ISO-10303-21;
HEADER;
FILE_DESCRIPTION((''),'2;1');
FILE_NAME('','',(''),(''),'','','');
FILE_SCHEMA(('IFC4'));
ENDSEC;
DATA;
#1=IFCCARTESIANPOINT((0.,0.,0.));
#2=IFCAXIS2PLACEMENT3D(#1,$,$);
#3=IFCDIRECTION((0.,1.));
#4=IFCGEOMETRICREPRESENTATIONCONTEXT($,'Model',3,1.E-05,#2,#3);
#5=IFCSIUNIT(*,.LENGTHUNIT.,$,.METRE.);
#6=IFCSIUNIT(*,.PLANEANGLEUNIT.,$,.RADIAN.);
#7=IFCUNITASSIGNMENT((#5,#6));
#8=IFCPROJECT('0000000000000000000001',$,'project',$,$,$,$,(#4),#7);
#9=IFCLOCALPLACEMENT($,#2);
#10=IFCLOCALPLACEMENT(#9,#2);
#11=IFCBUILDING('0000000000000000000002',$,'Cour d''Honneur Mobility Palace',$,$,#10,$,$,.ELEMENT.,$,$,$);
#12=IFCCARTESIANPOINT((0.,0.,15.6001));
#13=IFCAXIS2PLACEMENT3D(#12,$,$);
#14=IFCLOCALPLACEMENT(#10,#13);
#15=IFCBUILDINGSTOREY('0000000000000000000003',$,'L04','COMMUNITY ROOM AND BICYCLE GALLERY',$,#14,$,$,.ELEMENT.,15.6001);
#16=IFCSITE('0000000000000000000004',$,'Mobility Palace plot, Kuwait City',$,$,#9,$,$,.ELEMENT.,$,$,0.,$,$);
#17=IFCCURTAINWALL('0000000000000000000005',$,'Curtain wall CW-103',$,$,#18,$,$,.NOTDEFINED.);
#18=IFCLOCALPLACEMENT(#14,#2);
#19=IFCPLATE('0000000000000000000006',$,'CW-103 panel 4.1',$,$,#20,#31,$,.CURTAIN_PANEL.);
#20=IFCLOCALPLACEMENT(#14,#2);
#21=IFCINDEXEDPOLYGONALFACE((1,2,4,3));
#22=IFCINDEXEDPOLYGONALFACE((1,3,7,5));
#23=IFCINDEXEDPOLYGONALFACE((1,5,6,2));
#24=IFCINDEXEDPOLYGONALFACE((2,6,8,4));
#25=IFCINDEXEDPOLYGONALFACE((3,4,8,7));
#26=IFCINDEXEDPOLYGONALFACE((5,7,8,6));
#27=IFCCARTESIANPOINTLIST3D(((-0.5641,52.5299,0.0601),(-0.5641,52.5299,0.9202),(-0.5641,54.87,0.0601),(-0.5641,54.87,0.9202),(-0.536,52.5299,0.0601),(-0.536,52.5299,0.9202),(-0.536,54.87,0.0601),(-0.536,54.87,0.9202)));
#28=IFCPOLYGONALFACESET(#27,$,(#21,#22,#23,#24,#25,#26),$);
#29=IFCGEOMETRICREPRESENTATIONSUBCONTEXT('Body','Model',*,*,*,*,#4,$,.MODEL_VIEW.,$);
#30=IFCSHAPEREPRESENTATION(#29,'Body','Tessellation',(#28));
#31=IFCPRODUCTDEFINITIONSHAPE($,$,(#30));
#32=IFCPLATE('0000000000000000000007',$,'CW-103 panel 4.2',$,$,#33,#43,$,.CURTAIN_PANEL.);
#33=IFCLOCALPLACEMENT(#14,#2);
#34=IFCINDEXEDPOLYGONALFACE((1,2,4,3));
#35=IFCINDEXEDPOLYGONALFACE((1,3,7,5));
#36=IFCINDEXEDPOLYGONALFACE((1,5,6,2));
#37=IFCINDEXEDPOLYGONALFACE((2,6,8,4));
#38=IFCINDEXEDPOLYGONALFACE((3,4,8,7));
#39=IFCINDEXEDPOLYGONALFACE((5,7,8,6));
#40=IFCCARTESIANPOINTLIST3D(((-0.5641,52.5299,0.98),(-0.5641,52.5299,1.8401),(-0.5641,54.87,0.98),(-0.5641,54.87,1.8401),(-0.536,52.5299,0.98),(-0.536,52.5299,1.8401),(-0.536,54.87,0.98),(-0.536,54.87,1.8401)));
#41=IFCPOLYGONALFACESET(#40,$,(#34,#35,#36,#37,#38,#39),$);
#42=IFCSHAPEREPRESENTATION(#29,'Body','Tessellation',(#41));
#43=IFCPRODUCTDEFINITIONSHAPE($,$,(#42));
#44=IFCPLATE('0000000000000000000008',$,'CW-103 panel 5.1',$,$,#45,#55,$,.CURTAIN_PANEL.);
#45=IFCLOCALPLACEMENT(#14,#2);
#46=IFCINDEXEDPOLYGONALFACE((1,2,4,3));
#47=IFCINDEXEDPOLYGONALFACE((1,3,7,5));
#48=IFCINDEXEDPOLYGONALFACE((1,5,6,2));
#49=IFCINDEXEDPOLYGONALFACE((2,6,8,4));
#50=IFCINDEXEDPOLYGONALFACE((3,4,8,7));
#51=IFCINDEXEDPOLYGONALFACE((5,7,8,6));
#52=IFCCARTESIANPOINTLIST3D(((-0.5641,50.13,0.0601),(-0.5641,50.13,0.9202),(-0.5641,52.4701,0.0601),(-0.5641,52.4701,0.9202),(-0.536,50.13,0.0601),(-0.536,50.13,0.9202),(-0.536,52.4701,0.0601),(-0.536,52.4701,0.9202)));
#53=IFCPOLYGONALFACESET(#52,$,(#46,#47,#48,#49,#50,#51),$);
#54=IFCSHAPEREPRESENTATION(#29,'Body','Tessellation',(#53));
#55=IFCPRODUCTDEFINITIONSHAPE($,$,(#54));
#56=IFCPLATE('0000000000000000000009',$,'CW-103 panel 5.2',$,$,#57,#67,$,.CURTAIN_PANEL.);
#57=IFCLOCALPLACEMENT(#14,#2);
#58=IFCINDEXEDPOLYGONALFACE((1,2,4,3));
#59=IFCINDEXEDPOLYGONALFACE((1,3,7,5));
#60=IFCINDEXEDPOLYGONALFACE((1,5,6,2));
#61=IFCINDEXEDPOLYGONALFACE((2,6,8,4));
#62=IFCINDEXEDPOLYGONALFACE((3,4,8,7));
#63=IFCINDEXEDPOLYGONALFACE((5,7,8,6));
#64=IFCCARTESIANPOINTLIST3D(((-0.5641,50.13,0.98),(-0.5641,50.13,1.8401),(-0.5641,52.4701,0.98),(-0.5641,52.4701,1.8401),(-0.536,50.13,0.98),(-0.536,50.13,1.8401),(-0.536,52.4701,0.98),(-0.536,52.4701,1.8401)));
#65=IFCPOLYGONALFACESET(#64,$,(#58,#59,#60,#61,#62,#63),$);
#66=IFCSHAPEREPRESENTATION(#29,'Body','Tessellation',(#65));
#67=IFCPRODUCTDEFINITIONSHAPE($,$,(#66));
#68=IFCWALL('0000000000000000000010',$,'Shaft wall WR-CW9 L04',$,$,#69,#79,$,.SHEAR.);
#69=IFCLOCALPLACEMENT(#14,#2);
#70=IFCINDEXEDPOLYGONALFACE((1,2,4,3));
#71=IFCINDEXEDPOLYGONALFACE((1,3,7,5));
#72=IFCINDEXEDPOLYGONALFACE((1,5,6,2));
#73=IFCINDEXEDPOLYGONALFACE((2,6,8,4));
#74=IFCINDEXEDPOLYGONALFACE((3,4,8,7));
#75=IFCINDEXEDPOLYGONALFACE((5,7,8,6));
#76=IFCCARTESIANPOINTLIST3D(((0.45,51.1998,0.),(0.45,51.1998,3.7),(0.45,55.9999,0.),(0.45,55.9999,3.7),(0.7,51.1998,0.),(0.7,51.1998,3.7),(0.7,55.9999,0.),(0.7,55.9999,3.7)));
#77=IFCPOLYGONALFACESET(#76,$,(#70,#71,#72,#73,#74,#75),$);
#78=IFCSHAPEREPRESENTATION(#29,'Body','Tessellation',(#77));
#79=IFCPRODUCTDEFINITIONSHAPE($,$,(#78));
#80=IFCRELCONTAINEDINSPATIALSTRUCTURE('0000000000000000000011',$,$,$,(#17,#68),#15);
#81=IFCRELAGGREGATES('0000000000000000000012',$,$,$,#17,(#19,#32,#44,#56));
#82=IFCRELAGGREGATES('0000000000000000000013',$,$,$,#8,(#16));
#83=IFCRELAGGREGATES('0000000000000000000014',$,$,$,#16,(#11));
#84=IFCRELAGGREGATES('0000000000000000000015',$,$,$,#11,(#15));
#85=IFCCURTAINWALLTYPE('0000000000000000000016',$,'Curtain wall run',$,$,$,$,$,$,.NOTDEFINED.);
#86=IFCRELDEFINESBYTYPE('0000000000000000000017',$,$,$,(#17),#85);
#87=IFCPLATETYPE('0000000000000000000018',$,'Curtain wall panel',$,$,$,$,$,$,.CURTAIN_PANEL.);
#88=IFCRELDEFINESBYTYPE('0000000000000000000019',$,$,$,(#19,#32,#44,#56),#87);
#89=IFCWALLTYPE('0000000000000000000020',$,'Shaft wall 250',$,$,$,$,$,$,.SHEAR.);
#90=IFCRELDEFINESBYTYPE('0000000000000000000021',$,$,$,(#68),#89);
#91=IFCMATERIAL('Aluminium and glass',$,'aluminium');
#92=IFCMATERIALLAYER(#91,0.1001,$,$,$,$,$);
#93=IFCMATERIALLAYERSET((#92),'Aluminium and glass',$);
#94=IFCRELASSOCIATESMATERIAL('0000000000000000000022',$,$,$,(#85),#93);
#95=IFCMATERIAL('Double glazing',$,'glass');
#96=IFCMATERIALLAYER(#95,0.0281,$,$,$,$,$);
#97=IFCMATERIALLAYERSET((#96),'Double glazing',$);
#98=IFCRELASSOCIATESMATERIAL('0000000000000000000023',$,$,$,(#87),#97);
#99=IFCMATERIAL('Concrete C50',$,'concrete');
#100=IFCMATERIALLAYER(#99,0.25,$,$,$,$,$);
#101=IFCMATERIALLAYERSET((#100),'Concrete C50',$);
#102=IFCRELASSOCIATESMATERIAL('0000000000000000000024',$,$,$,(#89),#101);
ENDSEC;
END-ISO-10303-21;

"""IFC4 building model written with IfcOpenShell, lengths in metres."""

from ifc_helpers import new_model, si_unit, direction, frame, frame_2d, origin, origin_2d, place, context, subcontext, project, spatial, rectangle, extrude, material, layer, layer_set, type_object, element, aggregate, save


model = new_model("IFC4")

# Units and contexts
model_context = context("Model", 3, precision=1e-05, world=origin(), true_north=direction((0.0, 1.0)))
body_context = subcontext(model_context, "Body", "Model", "MODEL_VIEW")
ifc_project = project(units=[si_unit("LENGTHUNIT", "METRE"), si_unit("PLANEANGLEUNIT", "RADIAN")], contexts=[model_context])

# Site, building, storey
site_placement = place(None, origin())
site = spatial("IfcSite", under=ifc_project, at=site_placement, Name="Mobility Palace plot, Kuwait City", CompositionType="ELEMENT", RefElevation=0.0)
building_placement = place(site_placement, origin())
building = spatial("IfcBuilding", under=site, at=building_placement, Name="Cour d'Honneur Mobility Palace", CompositionType="ELEMENT")
storey_placement = place(building_placement, frame((0.0, 0.0, 15.6001)))
storey = spatial("IfcBuildingStorey", under=building, at=storey_placement, Name="L04", Description="COMMUNITY ROOM AND BICYCLE GALLERY", CompositionType="ELEMENT", Elevation=15.6001)

# Curtain wall, plates
ifc_material_1 = material(Name="Aluminium and glass", Category="aluminium")
ifc_layer_1 = layer(ifc_material_1, 0.1001)
ifc_layer_set_1 = layer_set([ifc_layer_1], Name="Aluminium and glass")
curtain_wall_type = type_object("IfcCurtainWallType", Name="Curtain wall run", PredefinedType="NOTDEFINED", material=ifc_layer_set_1)
curtain_wall_placement = place(storey_placement, origin())
curtain_wall = element("IfcCurtainWall", 1, at=curtain_wall_placement, inside=storey, type_object=curtain_wall_type, Name="Curtain wall CW-103", PredefinedType="NOTDEFINED")
ifc_material_2 = material(Name="Double glazing", Category="glass")
ifc_layer_2 = layer(ifc_material_2, 0.0281)
ifc_layer_set_2 = layer_set([ifc_layer_2], Name="Double glazing")
plate_type = type_object("IfcPlateType", Name="Curtain wall panel", PredefinedType="CURTAIN_PANEL", material=ifc_layer_set_2)
plate_1_placement = place(storey_placement, frame((-0.55, 53.7, 0.0601), z_axis=(0.0, 0.0, 1.0), x_axis=(0.0, -1.0, 0.0)))
plate_1 = element("IfcPlate", 2, at=plate_1_placement, type_object=plate_type, Name="CW-103 panel 4.1", PredefinedType="CURTAIN_PANEL", context=body_context, shape_type="SweptSolid", body=[
    extrude(rectangle(XDim=2.3401, YDim=0.0281, at=origin_2d()), origin(), (0.0, 0.0, 1.0), 0.8601),
])
plate_2_placement = place(storey_placement, frame((-0.55, 53.7, 0.98), z_axis=(0.0, 0.0, 1.0), x_axis=(0.0, -1.0, 0.0)))
plate_2 = element("IfcPlate", 3, at=plate_2_placement, type_object=plate_type, Name="CW-103 panel 4.2", PredefinedType="CURTAIN_PANEL", context=body_context, shape_type="SweptSolid", body=[
    extrude(rectangle(XDim=2.3401, YDim=0.0281, at=origin_2d()), origin(), (0.0, 0.0, 1.0), 0.8601),
])
plate_3_placement = place(storey_placement, frame((-0.55, 51.3, 0.0601), z_axis=(0.0, 0.0, 1.0), x_axis=(0.0, -1.0, 0.0)))
plate_3 = element("IfcPlate", 4, at=plate_3_placement, type_object=plate_type, Name="CW-103 panel 5.1", PredefinedType="CURTAIN_PANEL", context=body_context, shape_type="SweptSolid", body=[
    extrude(rectangle(XDim=2.3401, YDim=0.0281, at=origin_2d()), origin(), (0.0, 0.0, 1.0), 0.8601),
])
plate_4_placement = place(storey_placement, frame((-0.55, 51.3, 0.98), z_axis=(0.0, 0.0, 1.0), x_axis=(0.0, -1.0, 0.0)))
plate_4 = element("IfcPlate", 5, at=plate_4_placement, type_object=plate_type, Name="CW-103 panel 5.2", PredefinedType="CURTAIN_PANEL", context=body_context, shape_type="SweptSolid", body=[
    extrude(rectangle(XDim=2.3401, YDim=0.0281, at=origin_2d()), origin(), (0.0, 0.0, 1.0), 0.8601),
])
aggregate(curtain_wall, [plate_1, plate_2, plate_3, plate_4])

# Wall
ifc_material_3 = material(Name="Concrete C50", Category="concrete")
ifc_layer_3 = layer(ifc_material_3, 0.25)
ifc_layer_set_3 = layer_set([ifc_layer_3], Name="Concrete C50")
wall_type = type_object("IfcWallType", Name="Shaft wall 250", PredefinedType="SHEAR", material=ifc_layer_set_3)
wall_placement = place(storey_placement, frame((0.575, 51.2, 0.0), z_axis=(0.0, 0.0, 1.0), x_axis=(0.0, 1.0, 0.0)))
element("IfcWall", 6, at=wall_placement, inside=storey, type_object=wall_type, Name="Shaft wall WR-CW9 L04", PredefinedType="SHEAR", context=body_context, shape_type="SweptSolid", body=[
    extrude(rectangle(XDim=4.8, YDim=0.25, at=frame_2d((2.3999, 0.0))), origin(), (0.0, 0.0, 1.0), 3.7),
])

save(model, "model.ifc")
